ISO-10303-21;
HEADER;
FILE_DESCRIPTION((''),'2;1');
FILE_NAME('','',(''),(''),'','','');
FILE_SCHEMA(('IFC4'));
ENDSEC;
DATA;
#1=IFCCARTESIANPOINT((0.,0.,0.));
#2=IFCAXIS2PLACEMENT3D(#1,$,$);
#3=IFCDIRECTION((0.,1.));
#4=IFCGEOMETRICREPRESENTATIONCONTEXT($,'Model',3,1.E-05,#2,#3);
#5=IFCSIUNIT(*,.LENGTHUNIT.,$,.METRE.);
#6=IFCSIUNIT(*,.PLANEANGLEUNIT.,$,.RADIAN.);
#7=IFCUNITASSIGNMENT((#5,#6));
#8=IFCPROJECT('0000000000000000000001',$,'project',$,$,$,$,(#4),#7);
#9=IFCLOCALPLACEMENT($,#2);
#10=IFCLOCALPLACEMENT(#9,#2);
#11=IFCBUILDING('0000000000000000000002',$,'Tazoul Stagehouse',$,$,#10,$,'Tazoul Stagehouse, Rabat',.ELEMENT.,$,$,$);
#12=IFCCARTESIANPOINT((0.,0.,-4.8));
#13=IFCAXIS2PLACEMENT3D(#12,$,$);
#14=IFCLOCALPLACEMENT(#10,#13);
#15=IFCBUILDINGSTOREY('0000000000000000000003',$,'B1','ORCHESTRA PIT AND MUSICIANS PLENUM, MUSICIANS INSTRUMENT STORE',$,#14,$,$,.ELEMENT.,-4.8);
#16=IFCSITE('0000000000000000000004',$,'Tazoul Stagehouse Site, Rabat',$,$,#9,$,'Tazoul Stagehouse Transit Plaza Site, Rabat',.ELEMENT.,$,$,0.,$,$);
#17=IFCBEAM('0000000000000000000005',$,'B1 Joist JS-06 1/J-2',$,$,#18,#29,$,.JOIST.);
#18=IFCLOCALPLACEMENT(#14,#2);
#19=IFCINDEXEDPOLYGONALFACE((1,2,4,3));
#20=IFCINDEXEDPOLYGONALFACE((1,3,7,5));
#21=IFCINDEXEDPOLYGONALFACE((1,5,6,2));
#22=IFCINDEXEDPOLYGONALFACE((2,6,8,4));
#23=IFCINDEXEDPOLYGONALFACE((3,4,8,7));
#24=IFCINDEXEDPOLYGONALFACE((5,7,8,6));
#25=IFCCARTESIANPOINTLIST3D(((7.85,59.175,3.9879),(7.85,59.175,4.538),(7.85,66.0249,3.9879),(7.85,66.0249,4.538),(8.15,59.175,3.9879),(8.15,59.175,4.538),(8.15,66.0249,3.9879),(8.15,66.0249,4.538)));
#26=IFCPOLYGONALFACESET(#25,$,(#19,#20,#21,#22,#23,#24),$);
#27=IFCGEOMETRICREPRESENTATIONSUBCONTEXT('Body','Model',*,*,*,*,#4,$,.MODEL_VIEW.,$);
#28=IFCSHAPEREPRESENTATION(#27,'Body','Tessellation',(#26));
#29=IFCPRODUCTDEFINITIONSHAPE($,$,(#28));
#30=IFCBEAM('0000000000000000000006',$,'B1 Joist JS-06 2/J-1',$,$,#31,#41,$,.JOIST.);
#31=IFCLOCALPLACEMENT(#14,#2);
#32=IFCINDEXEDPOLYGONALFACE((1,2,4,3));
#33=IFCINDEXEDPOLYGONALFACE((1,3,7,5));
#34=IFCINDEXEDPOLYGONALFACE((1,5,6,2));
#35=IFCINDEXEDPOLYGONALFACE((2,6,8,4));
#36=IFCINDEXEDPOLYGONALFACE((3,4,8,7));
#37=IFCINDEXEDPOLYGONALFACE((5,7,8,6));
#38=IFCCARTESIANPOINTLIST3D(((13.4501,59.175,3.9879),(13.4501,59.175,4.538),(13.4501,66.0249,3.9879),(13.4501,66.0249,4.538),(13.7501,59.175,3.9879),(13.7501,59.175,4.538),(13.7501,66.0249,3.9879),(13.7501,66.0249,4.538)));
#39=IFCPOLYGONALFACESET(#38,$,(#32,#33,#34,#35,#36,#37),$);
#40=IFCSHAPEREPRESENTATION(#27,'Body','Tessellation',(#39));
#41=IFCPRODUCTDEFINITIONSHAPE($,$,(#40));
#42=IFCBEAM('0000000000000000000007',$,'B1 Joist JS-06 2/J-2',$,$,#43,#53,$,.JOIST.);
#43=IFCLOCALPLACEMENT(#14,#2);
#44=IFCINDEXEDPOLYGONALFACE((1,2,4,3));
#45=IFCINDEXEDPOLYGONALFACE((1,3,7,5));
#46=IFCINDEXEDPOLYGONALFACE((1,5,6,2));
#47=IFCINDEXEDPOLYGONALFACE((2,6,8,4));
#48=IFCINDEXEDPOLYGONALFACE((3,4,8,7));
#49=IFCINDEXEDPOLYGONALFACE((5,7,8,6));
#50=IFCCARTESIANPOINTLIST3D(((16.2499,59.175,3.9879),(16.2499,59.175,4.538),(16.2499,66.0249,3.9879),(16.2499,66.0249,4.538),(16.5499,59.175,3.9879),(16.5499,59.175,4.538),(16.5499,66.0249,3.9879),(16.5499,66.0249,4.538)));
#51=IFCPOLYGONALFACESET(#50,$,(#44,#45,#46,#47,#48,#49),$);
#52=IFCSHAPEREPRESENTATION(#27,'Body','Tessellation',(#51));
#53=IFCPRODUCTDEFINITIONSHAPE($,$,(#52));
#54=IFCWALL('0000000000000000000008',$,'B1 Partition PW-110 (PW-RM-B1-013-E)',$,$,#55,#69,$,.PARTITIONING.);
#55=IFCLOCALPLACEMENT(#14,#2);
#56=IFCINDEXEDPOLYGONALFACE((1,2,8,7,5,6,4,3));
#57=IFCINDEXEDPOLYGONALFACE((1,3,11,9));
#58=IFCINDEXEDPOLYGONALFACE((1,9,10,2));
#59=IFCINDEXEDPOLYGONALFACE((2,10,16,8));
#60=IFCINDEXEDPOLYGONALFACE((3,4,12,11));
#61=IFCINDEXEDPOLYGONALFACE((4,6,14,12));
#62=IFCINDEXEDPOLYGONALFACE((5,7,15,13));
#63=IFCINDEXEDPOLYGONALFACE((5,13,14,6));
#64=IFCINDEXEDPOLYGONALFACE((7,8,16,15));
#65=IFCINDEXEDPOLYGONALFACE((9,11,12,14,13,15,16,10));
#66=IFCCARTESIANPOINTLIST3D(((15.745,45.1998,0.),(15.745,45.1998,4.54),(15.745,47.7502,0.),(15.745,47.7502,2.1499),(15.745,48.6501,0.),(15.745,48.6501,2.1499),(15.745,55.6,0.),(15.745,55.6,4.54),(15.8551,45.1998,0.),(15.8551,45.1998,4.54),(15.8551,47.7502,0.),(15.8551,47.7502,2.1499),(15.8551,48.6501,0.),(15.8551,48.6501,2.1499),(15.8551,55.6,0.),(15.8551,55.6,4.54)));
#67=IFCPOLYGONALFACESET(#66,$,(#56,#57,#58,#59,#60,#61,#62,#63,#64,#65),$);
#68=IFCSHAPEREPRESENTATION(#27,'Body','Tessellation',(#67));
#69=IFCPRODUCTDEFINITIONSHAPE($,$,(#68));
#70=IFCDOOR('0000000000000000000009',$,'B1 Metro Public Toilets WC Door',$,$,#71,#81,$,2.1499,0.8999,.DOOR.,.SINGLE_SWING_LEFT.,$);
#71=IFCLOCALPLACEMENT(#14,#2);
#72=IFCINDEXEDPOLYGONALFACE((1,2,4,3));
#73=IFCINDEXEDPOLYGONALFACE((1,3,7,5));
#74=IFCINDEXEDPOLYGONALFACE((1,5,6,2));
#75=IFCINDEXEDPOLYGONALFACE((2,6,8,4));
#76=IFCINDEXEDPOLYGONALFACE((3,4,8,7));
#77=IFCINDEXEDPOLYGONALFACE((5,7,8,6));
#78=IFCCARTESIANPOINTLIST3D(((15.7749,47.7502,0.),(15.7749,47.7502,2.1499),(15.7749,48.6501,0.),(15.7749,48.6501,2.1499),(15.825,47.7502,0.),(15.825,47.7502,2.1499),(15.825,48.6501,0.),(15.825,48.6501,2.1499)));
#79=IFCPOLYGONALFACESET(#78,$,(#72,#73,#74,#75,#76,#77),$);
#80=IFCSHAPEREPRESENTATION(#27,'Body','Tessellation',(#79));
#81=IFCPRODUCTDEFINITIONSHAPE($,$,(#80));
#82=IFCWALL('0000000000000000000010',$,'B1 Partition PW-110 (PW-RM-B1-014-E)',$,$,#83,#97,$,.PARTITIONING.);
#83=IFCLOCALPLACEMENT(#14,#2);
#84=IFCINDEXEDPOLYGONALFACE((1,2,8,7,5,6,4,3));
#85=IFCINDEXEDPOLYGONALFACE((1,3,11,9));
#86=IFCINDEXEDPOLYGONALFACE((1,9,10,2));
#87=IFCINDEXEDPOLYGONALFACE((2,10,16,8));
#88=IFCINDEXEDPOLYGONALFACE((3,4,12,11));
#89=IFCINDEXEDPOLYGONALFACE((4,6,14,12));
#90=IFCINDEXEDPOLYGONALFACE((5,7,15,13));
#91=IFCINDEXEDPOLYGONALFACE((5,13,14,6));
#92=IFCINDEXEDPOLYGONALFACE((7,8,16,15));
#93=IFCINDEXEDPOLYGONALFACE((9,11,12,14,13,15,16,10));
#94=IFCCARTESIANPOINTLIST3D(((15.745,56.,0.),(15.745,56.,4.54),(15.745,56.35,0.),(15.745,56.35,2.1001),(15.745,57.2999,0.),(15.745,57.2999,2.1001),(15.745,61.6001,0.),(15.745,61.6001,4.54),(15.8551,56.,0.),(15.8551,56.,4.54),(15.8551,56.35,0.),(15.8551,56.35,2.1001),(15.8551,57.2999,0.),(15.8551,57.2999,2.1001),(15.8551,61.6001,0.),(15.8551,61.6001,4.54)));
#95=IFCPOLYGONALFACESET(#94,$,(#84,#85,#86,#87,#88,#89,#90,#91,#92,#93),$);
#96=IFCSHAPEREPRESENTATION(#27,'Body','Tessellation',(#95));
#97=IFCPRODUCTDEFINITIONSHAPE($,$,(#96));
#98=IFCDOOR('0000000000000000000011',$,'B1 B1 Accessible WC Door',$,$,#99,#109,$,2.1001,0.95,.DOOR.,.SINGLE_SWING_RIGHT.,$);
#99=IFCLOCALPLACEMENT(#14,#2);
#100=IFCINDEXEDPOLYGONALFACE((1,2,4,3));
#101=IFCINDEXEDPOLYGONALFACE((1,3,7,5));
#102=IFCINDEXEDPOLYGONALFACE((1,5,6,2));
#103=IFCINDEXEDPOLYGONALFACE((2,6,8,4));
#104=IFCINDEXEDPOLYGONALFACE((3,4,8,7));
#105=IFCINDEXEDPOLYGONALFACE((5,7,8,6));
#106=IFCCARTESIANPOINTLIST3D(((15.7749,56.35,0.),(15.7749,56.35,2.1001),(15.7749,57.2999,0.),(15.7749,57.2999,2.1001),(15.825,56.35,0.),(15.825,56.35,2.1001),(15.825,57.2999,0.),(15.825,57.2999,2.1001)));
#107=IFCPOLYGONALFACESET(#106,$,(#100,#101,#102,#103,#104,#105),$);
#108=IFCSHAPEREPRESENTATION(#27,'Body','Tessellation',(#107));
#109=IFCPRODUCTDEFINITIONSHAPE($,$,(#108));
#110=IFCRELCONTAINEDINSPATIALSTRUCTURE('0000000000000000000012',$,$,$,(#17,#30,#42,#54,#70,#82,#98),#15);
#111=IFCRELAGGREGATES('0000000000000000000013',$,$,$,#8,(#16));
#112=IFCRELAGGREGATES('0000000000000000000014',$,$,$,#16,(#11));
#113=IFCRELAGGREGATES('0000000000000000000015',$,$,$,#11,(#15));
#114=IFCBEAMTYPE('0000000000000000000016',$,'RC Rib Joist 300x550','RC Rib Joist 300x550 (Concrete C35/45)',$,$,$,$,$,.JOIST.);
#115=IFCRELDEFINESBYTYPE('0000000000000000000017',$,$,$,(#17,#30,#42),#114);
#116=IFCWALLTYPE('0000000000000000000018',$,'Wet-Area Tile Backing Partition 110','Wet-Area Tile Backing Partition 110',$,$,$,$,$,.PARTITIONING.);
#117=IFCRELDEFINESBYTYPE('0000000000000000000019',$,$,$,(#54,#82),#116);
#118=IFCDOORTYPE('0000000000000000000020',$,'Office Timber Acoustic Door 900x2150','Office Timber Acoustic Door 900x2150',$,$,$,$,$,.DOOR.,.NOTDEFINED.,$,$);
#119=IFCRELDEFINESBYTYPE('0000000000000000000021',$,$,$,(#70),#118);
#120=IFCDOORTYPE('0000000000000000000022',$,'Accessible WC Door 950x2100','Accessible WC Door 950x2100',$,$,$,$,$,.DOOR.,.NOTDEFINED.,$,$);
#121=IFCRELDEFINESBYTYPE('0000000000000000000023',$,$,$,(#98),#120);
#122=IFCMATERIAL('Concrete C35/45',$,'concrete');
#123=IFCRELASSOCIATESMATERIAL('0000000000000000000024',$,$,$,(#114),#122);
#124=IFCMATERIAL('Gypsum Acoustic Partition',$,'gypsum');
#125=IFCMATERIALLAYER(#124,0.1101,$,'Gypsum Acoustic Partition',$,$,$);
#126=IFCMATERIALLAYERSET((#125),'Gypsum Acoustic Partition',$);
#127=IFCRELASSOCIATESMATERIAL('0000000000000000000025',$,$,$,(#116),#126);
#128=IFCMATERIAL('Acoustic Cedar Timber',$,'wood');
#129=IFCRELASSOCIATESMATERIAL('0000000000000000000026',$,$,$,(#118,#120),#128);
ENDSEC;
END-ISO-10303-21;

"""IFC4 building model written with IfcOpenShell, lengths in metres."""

from ifc_helpers import new_model, si_unit, direction, frame, frame_2d, origin, origin_2d, place, context, subcontext, project, spatial, rectangle, extrude, material, layer, layer_set, material_profile, profile_set, type_object, element, fill, save


model = new_model("IFC4")

# Units and contexts
model_context = context("Model", 3, precision=1e-05, world=origin(), true_north=direction((0.0, 1.0)))
body_context = subcontext(model_context, "Body", "Model", "MODEL_VIEW")
ifc_project = project(units=[si_unit("LENGTHUNIT", "METRE"), si_unit("PLANEANGLEUNIT", "RADIAN")], contexts=[model_context])

# Site, building, storey
site_placement = place(None, origin())
site = spatial("IfcSite", under=ifc_project, at=site_placement, Name="Tazoul Stagehouse Site, Rabat", LongName="Tazoul Stagehouse Transit Plaza Site, Rabat", CompositionType="ELEMENT", RefElevation=0.0)
building_placement = place(site_placement, origin())
building = spatial("IfcBuilding", under=site, at=building_placement, Name="Tazoul Stagehouse", LongName="Tazoul Stagehouse, Rabat", CompositionType="ELEMENT")
storey_placement = place(building_placement, frame((0.0, 0.0, -4.8)))
storey = spatial("IfcBuildingStorey", under=building, at=storey_placement, Name="B1", Description="ORCHESTRA PIT AND MUSICIANS PLENUM, MUSICIANS INSTRUMENT STORE", CompositionType="ELEMENT", Elevation=-4.8)

# Shared definitions
ifc_material_1 = material(Name="Concrete C35/45", Category="concrete")

# Beams
ifc_material_profile_1 = material_profile(ifc_material_1, rectangle(XDim=0.3, YDim=0.55, at=origin_2d()), Name="RC 300x550")
ifc_profile_set_1 = profile_set([ifc_material_profile_1], Name="Concrete C35/45")
beam_type_1 = type_object("IfcBeamType", Name="RC Rib Joist 300x550", Description="RC Rib Joist 300x550 (Concrete C35/45)", PredefinedType="JOIST", material=ifc_profile_set_1)
for number, where, z_axis, x_axis, name in (
    (1, (8.0, 59.175, 4.2629), (0.0, 1.0, 0.0), (-1.0, 0.0, 0.0), "B1 Joist JS-06 1/J-2"),
    (2, (13.6001, 59.175, 4.2629), (0.0, 1.0, 0.0), (-1.0, 0.0, 0.0), "B1 Joist JS-06 2/J-1"),
    (3, (16.3999, 59.175, 4.2629), (0.0, 1.0, 0.0), (-1.0, 0.0, 0.0), "B1 Joist JS-06 2/J-2"),
):
    element("IfcBeam", number, at=place(storey_placement, frame(where, z_axis=z_axis, x_axis=x_axis)), inside=storey, type_object=beam_type_1, Name=name, PredefinedType="JOIST", context=body_context, shape_type="SweptSolid", body=[
        extrude(rectangle(XDim=0.3, YDim=0.55, at=origin_2d()), origin(), (0.0, 0.0, 1.0), 6.8499),
    ])

# Walls, openings, doors
ifc_material_2 = material(Name="Gypsum Acoustic Partition", Category="gypsum")
ifc_layer = layer(ifc_material_2, 0.1101, Name="Gypsum Acoustic Partition")
ifc_layer_set = layer_set([ifc_layer], Name="Gypsum Acoustic Partition")
wall_type = type_object("IfcWallType", Name="Wet-Area Tile Backing Partition 110", Description="Wet-Area Tile Backing Partition 110", PredefinedType="PARTITIONING", material=ifc_layer_set)
wall_1_placement = place(storey_placement, frame((15.8, 55.6001, 0.0), z_axis=(0.0, 0.0, 1.0), x_axis=(0.0, -1.0, 0.0)))
wall_1 = element("IfcWall", 4, at=wall_1_placement, inside=storey, type_object=wall_type, Name="B1 Partition PW-110 (PW-RM-B1-013-E)", PredefinedType="PARTITIONING", context=body_context, shape_type="SweptSolid", body=[
    extrude(rectangle(XDim=10.4001, YDim=0.1101, at=frame_2d((5.2002, 0.0))), origin(), (0.0, 0.0, 1.0), 4.54),
])
opening_1_placement = place(wall_1_placement, frame((6.95, 0.0, 0.0)))
opening_1 = element("IfcOpeningElement", 5, at=opening_1_placement, cuts=wall_1, PredefinedType="OPENING", context=body_context, shape_type="SweptSolid", body=[
    extrude(rectangle(XDim=0.8999, YDim=2.1499, at=frame_2d((0.45, 1.075))), frame((0.0, 0.075, 0.0), z_axis=(0.0, -1.0, 0.0), x_axis=(1.0, 0.0, 0.0)), (0.0, 0.0, 1.0), 0.1501),
])
ifc_material_3 = material(Name="Acoustic Cedar Timber", Category="wood")
door_type_1 = type_object("IfcDoorType", Name="Office Timber Acoustic Door 900x2150", Description="Office Timber Acoustic Door 900x2150", OperationType="NOTDEFINED", PredefinedType="DOOR", material=ifc_material_3)
door_1_placement = place(opening_1_placement, origin())
door_1 = element("IfcDoor", 6, at=door_1_placement, inside=storey, type_object=door_type_1, Name="B1 Metro Public Toilets WC Door", OperationType="SINGLE_SWING_LEFT", OverallHeight=2.1499, OverallWidth=0.8999, PredefinedType="DOOR", context=body_context, shape_type="SweptSolid", body=[
    extrude(rectangle(XDim=0.8999, YDim=2.1499, at=frame_2d((0.45, 1.075))), frame((0.0, 0.0249, 0.0), z_axis=(0.0, -1.0, 0.0), x_axis=(1.0, 0.0, 0.0)), (0.0, 0.0, 1.0), 0.05),
])
fill(opening_1, door_1)
wall_2_placement = place(storey_placement, frame((15.8, 61.6001, 0.0), z_axis=(0.0, 0.0, 1.0), x_axis=(0.0, -1.0, 0.0)))
wall_2 = element("IfcWall", 7, at=wall_2_placement, inside=storey, type_object=wall_type, Name="B1 Partition PW-110 (PW-RM-B1-014-E)", PredefinedType="PARTITIONING", context=body_context, shape_type="SweptSolid", body=[
    extrude(rectangle(XDim=5.6001, YDim=0.1101, at=frame_2d((2.8, 0.0))), origin(), (0.0, 0.0, 1.0), 4.54),
])
opening_2_placement = place(wall_2_placement, frame((4.3, 0.0, 0.0)))
opening_2 = element("IfcOpeningElement", 8, at=opening_2_placement, cuts=wall_2, PredefinedType="OPENING", context=body_context, shape_type="SweptSolid", body=[
    extrude(rectangle(XDim=0.95, YDim=2.1001, at=frame_2d((0.4751, 1.05))), frame((0.0, 0.075, 0.0), z_axis=(0.0, -1.0, 0.0), x_axis=(1.0, 0.0, 0.0)), (0.0, 0.0, 1.0), 0.1501),
])
door_type_2 = type_object("IfcDoorType", Name="Accessible WC Door 950x2100", Description="Accessible WC Door 950x2100", OperationType="NOTDEFINED", PredefinedType="DOOR", material=ifc_material_3)
door_2_placement = place(opening_2_placement, origin())
door_2 = element("IfcDoor", 9, at=door_2_placement, inside=storey, type_object=door_type_2, Name="B1 B1 Accessible WC Door", OperationType="SINGLE_SWING_RIGHT", OverallHeight=2.1001, OverallWidth=0.95, PredefinedType="DOOR", context=body_context, shape_type="SweptSolid", body=[
    extrude(rectangle(XDim=0.95, YDim=2.1001, at=frame_2d((0.4751, 1.05))), frame((0.0, 0.0249, 0.0), z_axis=(0.0, -1.0, 0.0), x_axis=(1.0, 0.0, 0.0)), (0.0, 0.0, 1.0), 0.05),
])
fill(opening_2, door_2)

save(model, "model.ifc")
